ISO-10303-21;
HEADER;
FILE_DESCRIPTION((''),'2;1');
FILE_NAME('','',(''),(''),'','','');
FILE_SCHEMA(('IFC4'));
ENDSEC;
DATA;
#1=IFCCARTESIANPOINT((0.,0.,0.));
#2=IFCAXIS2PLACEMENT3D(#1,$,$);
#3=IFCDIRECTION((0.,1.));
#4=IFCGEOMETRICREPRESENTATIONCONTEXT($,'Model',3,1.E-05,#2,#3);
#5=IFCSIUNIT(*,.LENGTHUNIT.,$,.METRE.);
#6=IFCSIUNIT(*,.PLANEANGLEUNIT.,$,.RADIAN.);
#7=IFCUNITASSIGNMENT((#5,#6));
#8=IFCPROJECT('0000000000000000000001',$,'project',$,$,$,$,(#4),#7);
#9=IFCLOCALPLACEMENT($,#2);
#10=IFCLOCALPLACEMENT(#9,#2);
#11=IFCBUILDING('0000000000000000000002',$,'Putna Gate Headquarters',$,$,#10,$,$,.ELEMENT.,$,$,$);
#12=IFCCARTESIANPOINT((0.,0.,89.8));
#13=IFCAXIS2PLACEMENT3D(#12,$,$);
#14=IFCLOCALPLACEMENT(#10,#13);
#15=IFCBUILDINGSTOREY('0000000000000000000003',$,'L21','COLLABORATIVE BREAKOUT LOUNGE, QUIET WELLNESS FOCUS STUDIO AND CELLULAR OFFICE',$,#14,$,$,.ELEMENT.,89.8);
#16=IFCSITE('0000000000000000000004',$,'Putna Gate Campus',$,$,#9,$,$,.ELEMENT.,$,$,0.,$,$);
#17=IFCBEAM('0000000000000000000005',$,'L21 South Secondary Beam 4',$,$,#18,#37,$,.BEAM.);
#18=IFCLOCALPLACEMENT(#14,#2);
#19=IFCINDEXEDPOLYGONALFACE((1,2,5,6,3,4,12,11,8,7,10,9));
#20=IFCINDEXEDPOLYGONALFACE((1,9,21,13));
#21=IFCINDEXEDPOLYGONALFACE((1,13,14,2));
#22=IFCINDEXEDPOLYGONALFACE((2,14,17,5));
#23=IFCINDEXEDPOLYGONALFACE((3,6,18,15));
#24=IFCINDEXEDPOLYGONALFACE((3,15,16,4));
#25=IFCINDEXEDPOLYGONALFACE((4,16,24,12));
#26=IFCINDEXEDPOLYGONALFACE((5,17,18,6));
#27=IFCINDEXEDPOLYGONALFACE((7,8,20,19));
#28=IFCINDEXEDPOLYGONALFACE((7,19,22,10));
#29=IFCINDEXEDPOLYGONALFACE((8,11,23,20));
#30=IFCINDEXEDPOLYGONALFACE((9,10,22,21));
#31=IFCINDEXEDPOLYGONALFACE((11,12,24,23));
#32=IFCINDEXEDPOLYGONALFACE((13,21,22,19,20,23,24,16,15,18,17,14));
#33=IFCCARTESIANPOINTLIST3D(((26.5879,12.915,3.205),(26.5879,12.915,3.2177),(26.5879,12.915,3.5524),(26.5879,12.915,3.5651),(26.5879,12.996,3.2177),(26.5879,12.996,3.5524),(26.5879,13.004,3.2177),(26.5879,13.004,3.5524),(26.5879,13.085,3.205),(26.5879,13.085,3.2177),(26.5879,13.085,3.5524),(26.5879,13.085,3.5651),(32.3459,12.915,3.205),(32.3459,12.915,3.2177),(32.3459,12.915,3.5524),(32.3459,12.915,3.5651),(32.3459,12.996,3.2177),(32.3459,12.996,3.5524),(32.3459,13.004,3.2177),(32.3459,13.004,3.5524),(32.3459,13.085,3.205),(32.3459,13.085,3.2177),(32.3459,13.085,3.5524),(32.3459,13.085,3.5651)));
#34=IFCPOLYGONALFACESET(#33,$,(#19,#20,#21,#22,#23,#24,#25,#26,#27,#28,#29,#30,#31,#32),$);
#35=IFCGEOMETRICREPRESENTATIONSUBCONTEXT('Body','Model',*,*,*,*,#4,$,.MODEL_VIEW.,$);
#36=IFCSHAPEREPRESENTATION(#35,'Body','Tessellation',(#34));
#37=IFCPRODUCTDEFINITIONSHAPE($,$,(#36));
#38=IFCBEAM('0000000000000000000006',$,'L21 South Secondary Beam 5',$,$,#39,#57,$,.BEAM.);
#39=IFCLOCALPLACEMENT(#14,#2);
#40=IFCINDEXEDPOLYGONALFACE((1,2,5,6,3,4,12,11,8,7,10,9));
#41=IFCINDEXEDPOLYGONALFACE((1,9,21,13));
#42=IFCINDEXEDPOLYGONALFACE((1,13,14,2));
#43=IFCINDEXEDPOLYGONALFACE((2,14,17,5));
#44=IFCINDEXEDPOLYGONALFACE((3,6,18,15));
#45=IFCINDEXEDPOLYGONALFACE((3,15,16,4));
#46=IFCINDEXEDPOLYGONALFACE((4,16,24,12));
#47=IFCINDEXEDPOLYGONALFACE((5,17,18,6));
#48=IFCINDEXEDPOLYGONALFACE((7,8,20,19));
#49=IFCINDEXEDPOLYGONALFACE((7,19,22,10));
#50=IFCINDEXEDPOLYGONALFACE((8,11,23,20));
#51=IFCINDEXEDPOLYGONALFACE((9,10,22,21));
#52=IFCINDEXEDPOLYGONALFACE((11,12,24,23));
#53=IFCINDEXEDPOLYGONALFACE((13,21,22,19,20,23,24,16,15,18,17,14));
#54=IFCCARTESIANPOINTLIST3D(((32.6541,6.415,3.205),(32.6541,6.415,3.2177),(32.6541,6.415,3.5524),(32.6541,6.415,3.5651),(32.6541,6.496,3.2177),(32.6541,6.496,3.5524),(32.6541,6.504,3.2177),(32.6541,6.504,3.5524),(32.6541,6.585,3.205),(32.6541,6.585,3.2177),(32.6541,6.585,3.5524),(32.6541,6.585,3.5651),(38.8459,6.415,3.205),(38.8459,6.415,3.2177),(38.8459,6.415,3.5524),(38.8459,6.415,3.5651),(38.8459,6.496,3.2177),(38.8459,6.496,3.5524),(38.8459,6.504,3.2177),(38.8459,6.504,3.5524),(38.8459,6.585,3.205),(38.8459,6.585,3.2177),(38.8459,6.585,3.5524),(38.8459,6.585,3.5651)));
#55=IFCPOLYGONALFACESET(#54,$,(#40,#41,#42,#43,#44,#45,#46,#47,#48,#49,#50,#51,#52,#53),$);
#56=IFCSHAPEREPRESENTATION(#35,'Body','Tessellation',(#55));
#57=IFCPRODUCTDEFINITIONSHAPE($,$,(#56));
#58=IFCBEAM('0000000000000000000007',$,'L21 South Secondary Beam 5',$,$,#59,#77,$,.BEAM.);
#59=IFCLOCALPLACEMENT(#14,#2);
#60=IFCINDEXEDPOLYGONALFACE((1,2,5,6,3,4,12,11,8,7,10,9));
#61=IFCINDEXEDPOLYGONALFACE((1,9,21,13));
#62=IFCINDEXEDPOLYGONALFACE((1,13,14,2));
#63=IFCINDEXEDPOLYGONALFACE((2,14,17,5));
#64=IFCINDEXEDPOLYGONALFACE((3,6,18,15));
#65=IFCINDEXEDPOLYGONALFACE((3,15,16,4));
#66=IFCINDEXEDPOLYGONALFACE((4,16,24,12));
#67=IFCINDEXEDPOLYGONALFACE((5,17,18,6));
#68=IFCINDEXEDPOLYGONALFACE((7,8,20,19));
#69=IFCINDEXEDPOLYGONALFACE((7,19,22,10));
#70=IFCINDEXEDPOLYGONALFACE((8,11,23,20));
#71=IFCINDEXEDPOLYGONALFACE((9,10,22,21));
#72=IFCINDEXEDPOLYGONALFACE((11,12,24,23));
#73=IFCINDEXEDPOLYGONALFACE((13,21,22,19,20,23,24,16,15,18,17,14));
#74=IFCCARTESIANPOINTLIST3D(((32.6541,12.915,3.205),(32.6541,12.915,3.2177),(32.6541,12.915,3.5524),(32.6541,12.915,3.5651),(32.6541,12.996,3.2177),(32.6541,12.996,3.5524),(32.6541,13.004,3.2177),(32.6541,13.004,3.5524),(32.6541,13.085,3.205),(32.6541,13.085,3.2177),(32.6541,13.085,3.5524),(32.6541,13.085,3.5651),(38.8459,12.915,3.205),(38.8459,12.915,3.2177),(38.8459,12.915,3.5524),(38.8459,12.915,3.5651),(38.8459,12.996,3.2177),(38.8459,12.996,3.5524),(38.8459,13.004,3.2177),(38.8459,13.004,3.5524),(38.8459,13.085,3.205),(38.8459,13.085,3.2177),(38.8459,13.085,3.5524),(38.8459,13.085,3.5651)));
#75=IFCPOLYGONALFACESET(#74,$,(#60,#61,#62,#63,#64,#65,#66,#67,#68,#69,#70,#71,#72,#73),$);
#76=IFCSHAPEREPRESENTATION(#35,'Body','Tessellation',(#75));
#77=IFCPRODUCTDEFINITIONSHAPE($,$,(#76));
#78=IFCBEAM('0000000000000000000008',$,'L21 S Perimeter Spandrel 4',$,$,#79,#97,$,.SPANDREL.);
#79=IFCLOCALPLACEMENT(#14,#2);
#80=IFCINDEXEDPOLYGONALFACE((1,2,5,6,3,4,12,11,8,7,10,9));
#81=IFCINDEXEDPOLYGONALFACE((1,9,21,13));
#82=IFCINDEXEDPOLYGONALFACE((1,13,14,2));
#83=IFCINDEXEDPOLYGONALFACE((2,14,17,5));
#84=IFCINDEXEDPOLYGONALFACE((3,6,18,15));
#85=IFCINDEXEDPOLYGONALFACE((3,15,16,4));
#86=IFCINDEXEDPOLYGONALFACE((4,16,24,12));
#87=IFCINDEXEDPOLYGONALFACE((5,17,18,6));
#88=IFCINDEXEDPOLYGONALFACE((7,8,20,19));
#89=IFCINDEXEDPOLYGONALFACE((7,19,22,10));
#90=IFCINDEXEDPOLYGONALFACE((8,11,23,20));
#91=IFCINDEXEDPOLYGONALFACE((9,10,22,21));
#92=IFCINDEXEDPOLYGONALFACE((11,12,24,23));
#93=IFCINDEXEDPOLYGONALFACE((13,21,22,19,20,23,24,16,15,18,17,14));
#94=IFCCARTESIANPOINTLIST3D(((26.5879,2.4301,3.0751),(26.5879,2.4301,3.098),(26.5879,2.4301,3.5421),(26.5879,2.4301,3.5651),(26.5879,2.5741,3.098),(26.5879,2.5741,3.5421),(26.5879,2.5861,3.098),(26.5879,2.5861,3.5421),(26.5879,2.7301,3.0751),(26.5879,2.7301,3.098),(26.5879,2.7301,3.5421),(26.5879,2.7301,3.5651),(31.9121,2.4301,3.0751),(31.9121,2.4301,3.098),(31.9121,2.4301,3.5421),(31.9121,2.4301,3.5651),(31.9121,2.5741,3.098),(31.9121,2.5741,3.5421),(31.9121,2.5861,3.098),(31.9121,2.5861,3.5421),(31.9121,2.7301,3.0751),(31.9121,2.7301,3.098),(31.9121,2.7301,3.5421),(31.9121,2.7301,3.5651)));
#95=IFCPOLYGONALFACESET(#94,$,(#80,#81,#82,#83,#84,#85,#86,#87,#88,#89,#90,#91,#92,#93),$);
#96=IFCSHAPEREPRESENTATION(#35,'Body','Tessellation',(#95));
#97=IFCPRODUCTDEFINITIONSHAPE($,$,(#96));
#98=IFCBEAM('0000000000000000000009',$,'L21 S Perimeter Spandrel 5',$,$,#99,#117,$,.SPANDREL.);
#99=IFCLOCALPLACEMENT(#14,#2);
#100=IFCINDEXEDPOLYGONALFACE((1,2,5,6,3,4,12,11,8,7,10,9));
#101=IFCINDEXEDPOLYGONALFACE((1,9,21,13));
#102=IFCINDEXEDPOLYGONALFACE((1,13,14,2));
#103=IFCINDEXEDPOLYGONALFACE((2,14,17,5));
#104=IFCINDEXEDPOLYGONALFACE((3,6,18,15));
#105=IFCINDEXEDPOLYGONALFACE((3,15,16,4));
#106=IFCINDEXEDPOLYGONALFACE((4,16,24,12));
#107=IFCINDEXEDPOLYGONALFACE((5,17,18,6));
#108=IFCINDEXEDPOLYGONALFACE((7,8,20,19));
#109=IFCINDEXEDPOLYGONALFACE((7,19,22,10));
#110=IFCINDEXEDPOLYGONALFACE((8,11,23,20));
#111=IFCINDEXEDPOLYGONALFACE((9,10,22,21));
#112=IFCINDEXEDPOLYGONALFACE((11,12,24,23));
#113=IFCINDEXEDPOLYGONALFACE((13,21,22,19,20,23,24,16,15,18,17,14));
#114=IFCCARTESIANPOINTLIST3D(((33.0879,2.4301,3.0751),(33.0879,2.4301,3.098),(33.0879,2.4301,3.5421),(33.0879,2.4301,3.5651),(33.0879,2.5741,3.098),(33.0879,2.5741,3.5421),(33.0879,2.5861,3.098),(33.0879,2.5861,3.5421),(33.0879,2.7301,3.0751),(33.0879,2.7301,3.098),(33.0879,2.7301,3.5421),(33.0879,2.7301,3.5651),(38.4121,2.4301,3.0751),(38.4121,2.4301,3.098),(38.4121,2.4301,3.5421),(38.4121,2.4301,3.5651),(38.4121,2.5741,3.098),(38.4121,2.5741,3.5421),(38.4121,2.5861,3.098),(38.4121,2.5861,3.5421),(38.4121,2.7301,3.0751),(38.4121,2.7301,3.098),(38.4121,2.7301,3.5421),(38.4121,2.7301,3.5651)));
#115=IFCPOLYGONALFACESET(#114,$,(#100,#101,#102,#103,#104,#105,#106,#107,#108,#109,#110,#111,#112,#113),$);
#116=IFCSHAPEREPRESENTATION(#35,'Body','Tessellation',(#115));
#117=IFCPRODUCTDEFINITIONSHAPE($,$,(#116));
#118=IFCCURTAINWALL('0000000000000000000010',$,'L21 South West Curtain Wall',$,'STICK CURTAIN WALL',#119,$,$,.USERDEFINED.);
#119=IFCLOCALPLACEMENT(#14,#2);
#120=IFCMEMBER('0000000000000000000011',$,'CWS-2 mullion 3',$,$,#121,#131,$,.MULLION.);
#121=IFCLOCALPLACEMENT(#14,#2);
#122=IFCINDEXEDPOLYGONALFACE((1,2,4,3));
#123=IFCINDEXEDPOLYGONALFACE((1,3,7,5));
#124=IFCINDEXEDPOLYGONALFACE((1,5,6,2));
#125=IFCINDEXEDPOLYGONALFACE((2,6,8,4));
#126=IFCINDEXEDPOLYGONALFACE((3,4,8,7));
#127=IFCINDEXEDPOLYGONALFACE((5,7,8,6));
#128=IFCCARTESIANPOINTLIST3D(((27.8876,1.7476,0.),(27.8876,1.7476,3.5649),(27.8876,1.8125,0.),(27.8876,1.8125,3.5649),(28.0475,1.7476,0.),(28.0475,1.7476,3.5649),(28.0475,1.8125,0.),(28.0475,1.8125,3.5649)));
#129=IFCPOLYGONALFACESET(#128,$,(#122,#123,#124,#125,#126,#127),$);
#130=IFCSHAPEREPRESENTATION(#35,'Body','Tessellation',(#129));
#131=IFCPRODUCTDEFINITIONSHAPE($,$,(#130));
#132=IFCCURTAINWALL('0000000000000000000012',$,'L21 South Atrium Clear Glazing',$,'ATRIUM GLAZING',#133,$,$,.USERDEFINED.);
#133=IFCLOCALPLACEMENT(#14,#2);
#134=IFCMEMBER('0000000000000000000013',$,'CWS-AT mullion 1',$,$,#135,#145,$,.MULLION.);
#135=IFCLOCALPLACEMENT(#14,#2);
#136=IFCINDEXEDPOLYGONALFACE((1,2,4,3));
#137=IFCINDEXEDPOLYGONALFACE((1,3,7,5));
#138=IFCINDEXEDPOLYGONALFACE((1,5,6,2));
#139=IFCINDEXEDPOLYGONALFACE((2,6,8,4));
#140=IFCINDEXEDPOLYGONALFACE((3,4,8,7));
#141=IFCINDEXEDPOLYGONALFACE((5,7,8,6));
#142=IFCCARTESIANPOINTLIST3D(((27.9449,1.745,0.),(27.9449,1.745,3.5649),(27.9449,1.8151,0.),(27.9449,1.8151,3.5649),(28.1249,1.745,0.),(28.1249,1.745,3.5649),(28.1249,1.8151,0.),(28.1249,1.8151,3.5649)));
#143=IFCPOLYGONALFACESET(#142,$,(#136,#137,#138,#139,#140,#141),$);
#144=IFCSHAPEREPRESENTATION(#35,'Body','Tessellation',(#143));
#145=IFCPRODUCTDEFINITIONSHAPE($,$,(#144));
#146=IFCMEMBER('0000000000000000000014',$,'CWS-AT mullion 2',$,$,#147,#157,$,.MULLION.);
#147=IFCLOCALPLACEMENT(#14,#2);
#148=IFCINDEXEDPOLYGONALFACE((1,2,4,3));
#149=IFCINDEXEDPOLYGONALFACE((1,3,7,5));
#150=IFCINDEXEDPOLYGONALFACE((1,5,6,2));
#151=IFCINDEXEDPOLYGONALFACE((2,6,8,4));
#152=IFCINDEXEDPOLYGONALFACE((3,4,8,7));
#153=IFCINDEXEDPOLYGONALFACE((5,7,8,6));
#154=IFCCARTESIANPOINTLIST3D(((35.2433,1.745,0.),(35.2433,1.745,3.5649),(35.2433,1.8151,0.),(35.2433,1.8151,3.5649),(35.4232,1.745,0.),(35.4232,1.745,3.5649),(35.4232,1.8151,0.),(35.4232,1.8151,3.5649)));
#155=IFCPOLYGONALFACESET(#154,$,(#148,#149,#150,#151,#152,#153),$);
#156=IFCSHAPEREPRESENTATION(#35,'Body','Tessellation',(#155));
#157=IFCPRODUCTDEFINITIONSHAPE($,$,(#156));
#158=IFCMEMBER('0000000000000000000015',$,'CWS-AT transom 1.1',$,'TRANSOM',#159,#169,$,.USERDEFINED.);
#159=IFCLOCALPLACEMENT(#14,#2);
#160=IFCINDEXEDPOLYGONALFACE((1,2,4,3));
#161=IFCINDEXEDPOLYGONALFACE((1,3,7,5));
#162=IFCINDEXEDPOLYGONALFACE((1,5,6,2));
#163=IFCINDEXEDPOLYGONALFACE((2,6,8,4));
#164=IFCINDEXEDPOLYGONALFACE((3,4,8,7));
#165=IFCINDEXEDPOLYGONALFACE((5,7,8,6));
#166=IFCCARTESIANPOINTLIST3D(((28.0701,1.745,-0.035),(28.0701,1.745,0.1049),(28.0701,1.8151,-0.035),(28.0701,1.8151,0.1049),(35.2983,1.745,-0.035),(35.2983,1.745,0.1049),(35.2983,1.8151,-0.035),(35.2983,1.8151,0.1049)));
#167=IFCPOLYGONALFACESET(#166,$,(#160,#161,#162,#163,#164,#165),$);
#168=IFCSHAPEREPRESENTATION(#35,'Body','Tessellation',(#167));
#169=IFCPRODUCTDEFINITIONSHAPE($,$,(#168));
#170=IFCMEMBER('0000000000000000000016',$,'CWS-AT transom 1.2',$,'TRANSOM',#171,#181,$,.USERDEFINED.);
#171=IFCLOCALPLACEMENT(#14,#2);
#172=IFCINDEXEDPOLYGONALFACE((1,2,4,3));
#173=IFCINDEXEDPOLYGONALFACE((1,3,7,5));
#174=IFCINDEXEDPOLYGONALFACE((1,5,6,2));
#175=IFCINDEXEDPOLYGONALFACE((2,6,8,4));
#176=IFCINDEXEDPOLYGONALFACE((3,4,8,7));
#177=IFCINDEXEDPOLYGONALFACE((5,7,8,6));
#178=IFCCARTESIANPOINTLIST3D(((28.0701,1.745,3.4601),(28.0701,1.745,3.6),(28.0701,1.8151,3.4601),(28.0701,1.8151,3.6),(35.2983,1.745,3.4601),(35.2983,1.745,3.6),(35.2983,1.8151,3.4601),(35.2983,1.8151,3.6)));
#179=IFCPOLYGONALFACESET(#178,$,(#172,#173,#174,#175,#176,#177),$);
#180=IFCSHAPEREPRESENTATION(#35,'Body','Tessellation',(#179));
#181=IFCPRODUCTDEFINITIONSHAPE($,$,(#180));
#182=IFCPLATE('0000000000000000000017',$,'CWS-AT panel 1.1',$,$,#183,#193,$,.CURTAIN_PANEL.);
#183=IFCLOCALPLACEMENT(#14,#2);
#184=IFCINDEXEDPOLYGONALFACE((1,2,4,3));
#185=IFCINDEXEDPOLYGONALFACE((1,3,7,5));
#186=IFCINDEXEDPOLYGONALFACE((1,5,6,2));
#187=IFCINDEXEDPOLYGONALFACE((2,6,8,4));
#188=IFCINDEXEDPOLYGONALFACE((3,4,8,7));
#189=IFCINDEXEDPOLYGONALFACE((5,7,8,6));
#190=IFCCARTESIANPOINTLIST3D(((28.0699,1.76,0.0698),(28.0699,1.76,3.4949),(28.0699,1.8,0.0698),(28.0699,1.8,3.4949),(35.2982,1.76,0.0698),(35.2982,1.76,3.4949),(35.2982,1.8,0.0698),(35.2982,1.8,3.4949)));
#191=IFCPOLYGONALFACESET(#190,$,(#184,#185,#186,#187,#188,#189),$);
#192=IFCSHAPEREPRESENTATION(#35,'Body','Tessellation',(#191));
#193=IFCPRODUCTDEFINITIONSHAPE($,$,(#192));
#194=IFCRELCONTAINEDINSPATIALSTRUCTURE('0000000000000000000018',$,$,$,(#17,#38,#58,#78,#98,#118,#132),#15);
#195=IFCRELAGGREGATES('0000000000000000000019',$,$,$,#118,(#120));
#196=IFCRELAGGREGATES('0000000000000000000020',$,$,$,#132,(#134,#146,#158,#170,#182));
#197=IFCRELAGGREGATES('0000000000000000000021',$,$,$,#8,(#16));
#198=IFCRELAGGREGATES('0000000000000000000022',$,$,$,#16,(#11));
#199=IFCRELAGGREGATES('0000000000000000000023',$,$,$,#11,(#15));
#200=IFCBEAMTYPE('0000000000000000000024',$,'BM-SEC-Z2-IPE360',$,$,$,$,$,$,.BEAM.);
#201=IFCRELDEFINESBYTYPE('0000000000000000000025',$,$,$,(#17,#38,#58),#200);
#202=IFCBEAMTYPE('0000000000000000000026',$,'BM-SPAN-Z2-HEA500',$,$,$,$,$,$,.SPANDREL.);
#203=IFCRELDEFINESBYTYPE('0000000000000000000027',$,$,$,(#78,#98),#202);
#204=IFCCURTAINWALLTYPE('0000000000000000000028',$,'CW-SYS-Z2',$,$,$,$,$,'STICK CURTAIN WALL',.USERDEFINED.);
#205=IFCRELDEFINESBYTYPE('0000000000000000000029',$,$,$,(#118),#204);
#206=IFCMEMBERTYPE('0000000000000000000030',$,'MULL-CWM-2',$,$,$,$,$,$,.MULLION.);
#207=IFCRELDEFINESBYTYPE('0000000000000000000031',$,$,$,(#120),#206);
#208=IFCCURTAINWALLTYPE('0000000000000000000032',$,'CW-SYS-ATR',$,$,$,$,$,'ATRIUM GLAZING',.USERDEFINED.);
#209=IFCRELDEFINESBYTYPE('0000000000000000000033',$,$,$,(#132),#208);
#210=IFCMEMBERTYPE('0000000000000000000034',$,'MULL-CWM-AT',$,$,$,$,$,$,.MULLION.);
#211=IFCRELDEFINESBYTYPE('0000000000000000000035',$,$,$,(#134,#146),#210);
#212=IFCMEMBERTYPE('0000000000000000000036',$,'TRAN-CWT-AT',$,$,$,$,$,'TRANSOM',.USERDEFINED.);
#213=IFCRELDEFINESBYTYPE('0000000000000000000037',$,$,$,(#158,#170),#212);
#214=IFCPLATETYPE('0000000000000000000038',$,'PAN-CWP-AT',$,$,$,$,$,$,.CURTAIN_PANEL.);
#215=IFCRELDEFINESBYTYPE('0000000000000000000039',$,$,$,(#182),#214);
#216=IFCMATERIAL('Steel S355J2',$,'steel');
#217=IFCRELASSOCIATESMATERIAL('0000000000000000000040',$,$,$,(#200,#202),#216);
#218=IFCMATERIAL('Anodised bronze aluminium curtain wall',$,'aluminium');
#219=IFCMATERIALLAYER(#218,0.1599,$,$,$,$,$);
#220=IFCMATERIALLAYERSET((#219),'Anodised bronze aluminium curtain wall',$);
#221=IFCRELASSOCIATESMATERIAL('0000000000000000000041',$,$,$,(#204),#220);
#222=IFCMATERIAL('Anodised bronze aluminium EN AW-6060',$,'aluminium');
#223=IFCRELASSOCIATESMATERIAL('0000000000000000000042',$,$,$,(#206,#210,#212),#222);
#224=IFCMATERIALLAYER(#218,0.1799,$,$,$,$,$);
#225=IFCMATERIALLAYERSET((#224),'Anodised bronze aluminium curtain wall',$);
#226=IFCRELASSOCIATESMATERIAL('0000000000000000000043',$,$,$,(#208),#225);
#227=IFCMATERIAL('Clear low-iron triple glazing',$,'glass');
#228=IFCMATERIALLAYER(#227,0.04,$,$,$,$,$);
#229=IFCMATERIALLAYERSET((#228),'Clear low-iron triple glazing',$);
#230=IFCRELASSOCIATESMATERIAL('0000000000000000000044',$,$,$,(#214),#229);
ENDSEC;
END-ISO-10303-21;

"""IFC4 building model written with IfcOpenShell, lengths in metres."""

from ifc_helpers import new_model, si_unit, direction, frame, origin, origin_2d, place, context, subcontext, project, spatial, rectangle, i_section, extrude, material, layer, layer_set, material_profile, profile_set, type_object, element, aggregate, save


model = new_model("IFC4")

# Units and contexts
model_context = context("Model", 3, precision=1e-05, world=origin(), true_north=direction((0.0, 1.0)))
body_context = subcontext(model_context, "Body", "Model", "MODEL_VIEW")
ifc_project = project(units=[si_unit("LENGTHUNIT", "METRE"), si_unit("PLANEANGLEUNIT", "RADIAN")], contexts=[model_context])

# Site, building, storey
site_placement = place(None, origin())
site = spatial("IfcSite", under=ifc_project, at=site_placement, Name="Putna Gate Campus", CompositionType="ELEMENT", RefElevation=0.0)
building_placement = place(site_placement, origin())
building = spatial("IfcBuilding", under=site, at=building_placement, Name="Putna Gate Headquarters", CompositionType="ELEMENT")
storey_placement = place(building_placement, frame((0.0, 0.0, 89.8)))
storey = spatial("IfcBuildingStorey", under=building, at=storey_placement, Name="L21", Description="COLLABORATIVE BREAKOUT LOUNGE, QUIET WELLNESS FOCUS STUDIO AND CELLULAR OFFICE", CompositionType="ELEMENT", Elevation=89.8)

# Beams
ifc_material_1 = material(Name="Steel S355J2", Category="steel")
ifc_material_profile_1 = material_profile(ifc_material_1, i_section(OverallWidth=0.1699, OverallDepth=0.3601, WebThickness=0.0081, FlangeThickness=0.0127, at=origin_2d()), Name="Steel S355J2")
ifc_profile_set_1 = profile_set([ifc_material_profile_1], Name="Steel S355J2")
beam_type_1 = type_object("IfcBeamType", Name="BM-SEC-Z2-IPE360", PredefinedType="BEAM", material=ifc_profile_set_1)
beam_1_placement = place(storey_placement, frame((26.5879, 13.0, 3.385), z_axis=(1.0, 0.0, 0.0), x_axis=(0.0, 1.0, 0.0)))
element("IfcBeam", 1, at=beam_1_placement, inside=storey, type_object=beam_type_1, Name="L21 South Secondary Beam 4", PredefinedType="BEAM", context=body_context, shape_type="SweptSolid", body=[
    extrude(i_section(OverallWidth=0.1699, OverallDepth=0.3601, WebThickness=0.0081, FlangeThickness=0.0127, at=origin_2d()), origin(), (0.0, 0.0, 1.0), 5.7581),
])
for number, where, z_axis, x_axis, name in (
    (2, (32.6541, 6.5, 3.385), (1.0, 0.0, 0.0), (0.0, 1.0, 0.0), "L21 South Secondary Beam 5"),
    (3, (32.6541, 13.0, 3.385), (1.0, 0.0, 0.0), (0.0, 1.0, 0.0), "L21 South Secondary Beam 5"),
):
    element("IfcBeam", number, at=place(storey_placement, frame(where, z_axis=z_axis, x_axis=x_axis)), inside=storey, type_object=beam_type_1, Name=name, PredefinedType="BEAM", context=body_context, shape_type="SweptSolid", body=[
        extrude(i_section(OverallWidth=0.1699, OverallDepth=0.3601, WebThickness=0.0081, FlangeThickness=0.0127, at=origin_2d()), origin(), (0.0, 0.0, 1.0), 6.1919),
    ])
ifc_material_profile_2 = material_profile(ifc_material_1, i_section(OverallWidth=0.3, OverallDepth=0.49, WebThickness=0.012, FlangeThickness=0.0229, at=origin_2d()), Name="Steel S355J2")
ifc_profile_set_2 = profile_set([ifc_material_profile_2], Name="Steel S355J2")
beam_type_2 = type_object("IfcBeamType", Name="BM-SPAN-Z2-HEA500", PredefinedType="SPANDREL", material=ifc_profile_set_2)
for number, where, z_axis, x_axis, name in (
    (4, (26.5879, 2.5801, 3.3201), (1.0, 0.0, 0.0), (0.0, 1.0, 0.0), "L21 S Perimeter Spandrel 4"),
    (5, (33.0879, 2.5801, 3.3201), (1.0, 0.0, 0.0), (0.0, 1.0, 0.0), "L21 S Perimeter Spandrel 5"),
):
    element("IfcBeam", number, at=place(storey_placement, frame(where, z_axis=z_axis, x_axis=x_axis)), inside=storey, type_object=beam_type_2, Name=name, PredefinedType="SPANDREL", context=body_context, shape_type="SweptSolid", body=[
        extrude(i_section(OverallWidth=0.3, OverallDepth=0.49, WebThickness=0.012, FlangeThickness=0.0229, at=origin_2d()), origin(), (0.0, 0.0, 1.0), 5.3242),
    ])

# Curtain wall, member
ifc_material_2 = material(Name="Anodised bronze aluminium curtain wall", Category="aluminium")
ifc_layer_1 = layer(ifc_material_2, 0.1599)
ifc_layer_set_1 = layer_set([ifc_layer_1], Name="Anodised bronze aluminium curtain wall")
curtain_wall_type_1 = type_object("IfcCurtainWallType", Name="CW-SYS-Z2", ElementType="STICK CURTAIN WALL", PredefinedType="USERDEFINED", material=ifc_layer_set_1)
curtain_wall_1_placement = place(storey_placement, origin())
curtain_wall_1 = element("IfcCurtainWall", 6, at=curtain_wall_1_placement, inside=storey, type_object=curtain_wall_type_1, Name="L21 South West Curtain Wall", ObjectType="STICK CURTAIN WALL", PredefinedType="USERDEFINED")
ifc_material_3 = material(Name="Anodised bronze aluminium EN AW-6060", Category="aluminium")
ifc_material_profile_3 = material_profile(ifc_material_3, rectangle(XDim=0.0649, YDim=0.1599, at=origin_2d()), Name="Anodised bronze aluminium EN AW-6060")
ifc_profile_set_3 = profile_set([ifc_material_profile_3], Name="Anodised bronze aluminium EN AW-6060")
member_type_1 = type_object("IfcMemberType", Name="MULL-CWM-2", PredefinedType="MULLION", material=ifc_profile_set_3)
member_1_placement = place(storey_placement, frame((27.9675, 1.78, 0.0), z_axis=(0.0, 0.0, 1.0), x_axis=(0.0, 1.0, 0.0)))
member_1 = element("IfcMember", 7, at=member_1_placement, type_object=member_type_1, Name="CWS-2 mullion 3", PredefinedType="MULLION", context=body_context, shape_type="SweptSolid", body=[
    extrude(rectangle(XDim=0.0649, YDim=0.1599, at=origin_2d()), origin(), (0.0, 0.0, 1.0), 3.5649),
])
aggregate(curtain_wall_1, [member_1])

# Curtain wall, members, plate
ifc_layer_2 = layer(ifc_material_2, 0.1799)
ifc_layer_set_2 = layer_set([ifc_layer_2], Name="Anodised bronze aluminium curtain wall")
curtain_wall_type_2 = type_object("IfcCurtainWallType", Name="CW-SYS-ATR", ElementType="ATRIUM GLAZING", PredefinedType="USERDEFINED", material=ifc_layer_set_2)
curtain_wall_2_placement = place(storey_placement, origin())
curtain_wall_2 = element("IfcCurtainWall", 8, at=curtain_wall_2_placement, inside=storey, type_object=curtain_wall_type_2, Name="L21 South Atrium Clear Glazing", ObjectType="ATRIUM GLAZING", PredefinedType="USERDEFINED")
ifc_material_profile_4 = material_profile(ifc_material_3, rectangle(XDim=0.0701, YDim=0.1799, at=origin_2d()), Name="Anodised bronze aluminium EN AW-6060")
ifc_profile_set_4 = profile_set([ifc_material_profile_4], Name="Anodised bronze aluminium EN AW-6060")
member_type_2 = type_object("IfcMemberType", Name="MULL-CWM-AT", PredefinedType="MULLION", material=ifc_profile_set_4)
member_2_placement = place(storey_placement, frame((28.0349, 1.78, 0.0), z_axis=(0.0, 0.0, 1.0), x_axis=(0.0, 1.0, 0.0)))
member_2 = element("IfcMember", 9, at=member_2_placement, type_object=member_type_2, Name="CWS-AT mullion 1", PredefinedType="MULLION", context=body_context, shape_type="SweptSolid", body=[
    extrude(rectangle(XDim=0.0701, YDim=0.1799, at=origin_2d()), origin(), (0.0, 0.0, 1.0), 3.5649),
])
member_3_placement = place(storey_placement, frame((35.3333, 1.78, 0.0), z_axis=(0.0, 0.0, 1.0), x_axis=(0.0, 1.0, 0.0)))
member_3 = element("IfcMember", 10, at=member_3_placement, type_object=member_type_2, Name="CWS-AT mullion 2", PredefinedType="MULLION", context=body_context, shape_type="SweptSolid", body=[
    extrude(rectangle(XDim=0.0701, YDim=0.1799, at=origin_2d()), origin(), (0.0, 0.0, 1.0), 3.5649),
])
ifc_material_profile_5 = material_profile(ifc_material_3, rectangle(XDim=0.0701, YDim=0.1399, at=origin_2d()), Name="Anodised bronze aluminium EN AW-6060")
ifc_profile_set_5 = profile_set([ifc_material_profile_5], Name="Anodised bronze aluminium EN AW-6060")
member_type_3 = type_object("IfcMemberType", Name="TRAN-CWT-AT", ElementType="TRANSOM", PredefinedType="USERDEFINED", material=ifc_profile_set_5)
member_4_placement = place(storey_placement, frame((28.0701, 1.78, 0.0349), z_axis=(1.0, 0.0, 0.0), x_axis=(0.0, 1.0, 0.0)))
member_4 = element("IfcMember", 11, at=member_4_placement, type_object=member_type_3, Name="CWS-AT transom 1.1", ObjectType="TRANSOM", PredefinedType="USERDEFINED", context=body_context, shape_type="SweptSolid", body=[
    extrude(rectangle(XDim=0.0701, YDim=0.1399, at=origin_2d()), origin(), (0.0, 0.0, 1.0), 7.2283),
])
member_5_placement = place(storey_placement, frame((28.0701, 1.78, 3.53), z_axis=(1.0, 0.0, 0.0), x_axis=(0.0, 1.0, 0.0)))
member_5 = element("IfcMember", 12, at=member_5_placement, type_object=member_type_3, Name="CWS-AT transom 1.2", ObjectType="TRANSOM", PredefinedType="USERDEFINED", context=body_context, shape_type="SweptSolid", body=[
    extrude(rectangle(XDim=0.0701, YDim=0.1399, at=origin_2d()), origin(), (0.0, 0.0, 1.0), 7.2283),
])
ifc_material_4 = material(Name="Clear low-iron triple glazing", Category="glass")
ifc_layer_3 = layer(ifc_material_4, 0.04)
ifc_layer_set_3 = layer_set([ifc_layer_3], Name="Clear low-iron triple glazing")
plate_type = type_object("IfcPlateType", Name="PAN-CWP-AT", PredefinedType="CURTAIN_PANEL", material=ifc_layer_set_3)
plate_placement = place(storey_placement, frame((31.6841, 1.78, 0.0698), z_axis=(0.0, 0.0, 1.0), x_axis=(1.0, 0.0, 0.0)))
plate = element("IfcPlate", 13, at=plate_placement, type_object=plate_type, Name="CWS-AT panel 1.1", PredefinedType="CURTAIN_PANEL", context=body_context, shape_type="SweptSolid", body=[
    extrude(rectangle(XDim=7.2283, YDim=0.04, at=origin_2d()), origin(), (0.0, 0.0, 1.0), 3.425),
])
aggregate(curtain_wall_2, [member_2, member_3, member_4, member_5, plate])

save(model, "model.ifc")
